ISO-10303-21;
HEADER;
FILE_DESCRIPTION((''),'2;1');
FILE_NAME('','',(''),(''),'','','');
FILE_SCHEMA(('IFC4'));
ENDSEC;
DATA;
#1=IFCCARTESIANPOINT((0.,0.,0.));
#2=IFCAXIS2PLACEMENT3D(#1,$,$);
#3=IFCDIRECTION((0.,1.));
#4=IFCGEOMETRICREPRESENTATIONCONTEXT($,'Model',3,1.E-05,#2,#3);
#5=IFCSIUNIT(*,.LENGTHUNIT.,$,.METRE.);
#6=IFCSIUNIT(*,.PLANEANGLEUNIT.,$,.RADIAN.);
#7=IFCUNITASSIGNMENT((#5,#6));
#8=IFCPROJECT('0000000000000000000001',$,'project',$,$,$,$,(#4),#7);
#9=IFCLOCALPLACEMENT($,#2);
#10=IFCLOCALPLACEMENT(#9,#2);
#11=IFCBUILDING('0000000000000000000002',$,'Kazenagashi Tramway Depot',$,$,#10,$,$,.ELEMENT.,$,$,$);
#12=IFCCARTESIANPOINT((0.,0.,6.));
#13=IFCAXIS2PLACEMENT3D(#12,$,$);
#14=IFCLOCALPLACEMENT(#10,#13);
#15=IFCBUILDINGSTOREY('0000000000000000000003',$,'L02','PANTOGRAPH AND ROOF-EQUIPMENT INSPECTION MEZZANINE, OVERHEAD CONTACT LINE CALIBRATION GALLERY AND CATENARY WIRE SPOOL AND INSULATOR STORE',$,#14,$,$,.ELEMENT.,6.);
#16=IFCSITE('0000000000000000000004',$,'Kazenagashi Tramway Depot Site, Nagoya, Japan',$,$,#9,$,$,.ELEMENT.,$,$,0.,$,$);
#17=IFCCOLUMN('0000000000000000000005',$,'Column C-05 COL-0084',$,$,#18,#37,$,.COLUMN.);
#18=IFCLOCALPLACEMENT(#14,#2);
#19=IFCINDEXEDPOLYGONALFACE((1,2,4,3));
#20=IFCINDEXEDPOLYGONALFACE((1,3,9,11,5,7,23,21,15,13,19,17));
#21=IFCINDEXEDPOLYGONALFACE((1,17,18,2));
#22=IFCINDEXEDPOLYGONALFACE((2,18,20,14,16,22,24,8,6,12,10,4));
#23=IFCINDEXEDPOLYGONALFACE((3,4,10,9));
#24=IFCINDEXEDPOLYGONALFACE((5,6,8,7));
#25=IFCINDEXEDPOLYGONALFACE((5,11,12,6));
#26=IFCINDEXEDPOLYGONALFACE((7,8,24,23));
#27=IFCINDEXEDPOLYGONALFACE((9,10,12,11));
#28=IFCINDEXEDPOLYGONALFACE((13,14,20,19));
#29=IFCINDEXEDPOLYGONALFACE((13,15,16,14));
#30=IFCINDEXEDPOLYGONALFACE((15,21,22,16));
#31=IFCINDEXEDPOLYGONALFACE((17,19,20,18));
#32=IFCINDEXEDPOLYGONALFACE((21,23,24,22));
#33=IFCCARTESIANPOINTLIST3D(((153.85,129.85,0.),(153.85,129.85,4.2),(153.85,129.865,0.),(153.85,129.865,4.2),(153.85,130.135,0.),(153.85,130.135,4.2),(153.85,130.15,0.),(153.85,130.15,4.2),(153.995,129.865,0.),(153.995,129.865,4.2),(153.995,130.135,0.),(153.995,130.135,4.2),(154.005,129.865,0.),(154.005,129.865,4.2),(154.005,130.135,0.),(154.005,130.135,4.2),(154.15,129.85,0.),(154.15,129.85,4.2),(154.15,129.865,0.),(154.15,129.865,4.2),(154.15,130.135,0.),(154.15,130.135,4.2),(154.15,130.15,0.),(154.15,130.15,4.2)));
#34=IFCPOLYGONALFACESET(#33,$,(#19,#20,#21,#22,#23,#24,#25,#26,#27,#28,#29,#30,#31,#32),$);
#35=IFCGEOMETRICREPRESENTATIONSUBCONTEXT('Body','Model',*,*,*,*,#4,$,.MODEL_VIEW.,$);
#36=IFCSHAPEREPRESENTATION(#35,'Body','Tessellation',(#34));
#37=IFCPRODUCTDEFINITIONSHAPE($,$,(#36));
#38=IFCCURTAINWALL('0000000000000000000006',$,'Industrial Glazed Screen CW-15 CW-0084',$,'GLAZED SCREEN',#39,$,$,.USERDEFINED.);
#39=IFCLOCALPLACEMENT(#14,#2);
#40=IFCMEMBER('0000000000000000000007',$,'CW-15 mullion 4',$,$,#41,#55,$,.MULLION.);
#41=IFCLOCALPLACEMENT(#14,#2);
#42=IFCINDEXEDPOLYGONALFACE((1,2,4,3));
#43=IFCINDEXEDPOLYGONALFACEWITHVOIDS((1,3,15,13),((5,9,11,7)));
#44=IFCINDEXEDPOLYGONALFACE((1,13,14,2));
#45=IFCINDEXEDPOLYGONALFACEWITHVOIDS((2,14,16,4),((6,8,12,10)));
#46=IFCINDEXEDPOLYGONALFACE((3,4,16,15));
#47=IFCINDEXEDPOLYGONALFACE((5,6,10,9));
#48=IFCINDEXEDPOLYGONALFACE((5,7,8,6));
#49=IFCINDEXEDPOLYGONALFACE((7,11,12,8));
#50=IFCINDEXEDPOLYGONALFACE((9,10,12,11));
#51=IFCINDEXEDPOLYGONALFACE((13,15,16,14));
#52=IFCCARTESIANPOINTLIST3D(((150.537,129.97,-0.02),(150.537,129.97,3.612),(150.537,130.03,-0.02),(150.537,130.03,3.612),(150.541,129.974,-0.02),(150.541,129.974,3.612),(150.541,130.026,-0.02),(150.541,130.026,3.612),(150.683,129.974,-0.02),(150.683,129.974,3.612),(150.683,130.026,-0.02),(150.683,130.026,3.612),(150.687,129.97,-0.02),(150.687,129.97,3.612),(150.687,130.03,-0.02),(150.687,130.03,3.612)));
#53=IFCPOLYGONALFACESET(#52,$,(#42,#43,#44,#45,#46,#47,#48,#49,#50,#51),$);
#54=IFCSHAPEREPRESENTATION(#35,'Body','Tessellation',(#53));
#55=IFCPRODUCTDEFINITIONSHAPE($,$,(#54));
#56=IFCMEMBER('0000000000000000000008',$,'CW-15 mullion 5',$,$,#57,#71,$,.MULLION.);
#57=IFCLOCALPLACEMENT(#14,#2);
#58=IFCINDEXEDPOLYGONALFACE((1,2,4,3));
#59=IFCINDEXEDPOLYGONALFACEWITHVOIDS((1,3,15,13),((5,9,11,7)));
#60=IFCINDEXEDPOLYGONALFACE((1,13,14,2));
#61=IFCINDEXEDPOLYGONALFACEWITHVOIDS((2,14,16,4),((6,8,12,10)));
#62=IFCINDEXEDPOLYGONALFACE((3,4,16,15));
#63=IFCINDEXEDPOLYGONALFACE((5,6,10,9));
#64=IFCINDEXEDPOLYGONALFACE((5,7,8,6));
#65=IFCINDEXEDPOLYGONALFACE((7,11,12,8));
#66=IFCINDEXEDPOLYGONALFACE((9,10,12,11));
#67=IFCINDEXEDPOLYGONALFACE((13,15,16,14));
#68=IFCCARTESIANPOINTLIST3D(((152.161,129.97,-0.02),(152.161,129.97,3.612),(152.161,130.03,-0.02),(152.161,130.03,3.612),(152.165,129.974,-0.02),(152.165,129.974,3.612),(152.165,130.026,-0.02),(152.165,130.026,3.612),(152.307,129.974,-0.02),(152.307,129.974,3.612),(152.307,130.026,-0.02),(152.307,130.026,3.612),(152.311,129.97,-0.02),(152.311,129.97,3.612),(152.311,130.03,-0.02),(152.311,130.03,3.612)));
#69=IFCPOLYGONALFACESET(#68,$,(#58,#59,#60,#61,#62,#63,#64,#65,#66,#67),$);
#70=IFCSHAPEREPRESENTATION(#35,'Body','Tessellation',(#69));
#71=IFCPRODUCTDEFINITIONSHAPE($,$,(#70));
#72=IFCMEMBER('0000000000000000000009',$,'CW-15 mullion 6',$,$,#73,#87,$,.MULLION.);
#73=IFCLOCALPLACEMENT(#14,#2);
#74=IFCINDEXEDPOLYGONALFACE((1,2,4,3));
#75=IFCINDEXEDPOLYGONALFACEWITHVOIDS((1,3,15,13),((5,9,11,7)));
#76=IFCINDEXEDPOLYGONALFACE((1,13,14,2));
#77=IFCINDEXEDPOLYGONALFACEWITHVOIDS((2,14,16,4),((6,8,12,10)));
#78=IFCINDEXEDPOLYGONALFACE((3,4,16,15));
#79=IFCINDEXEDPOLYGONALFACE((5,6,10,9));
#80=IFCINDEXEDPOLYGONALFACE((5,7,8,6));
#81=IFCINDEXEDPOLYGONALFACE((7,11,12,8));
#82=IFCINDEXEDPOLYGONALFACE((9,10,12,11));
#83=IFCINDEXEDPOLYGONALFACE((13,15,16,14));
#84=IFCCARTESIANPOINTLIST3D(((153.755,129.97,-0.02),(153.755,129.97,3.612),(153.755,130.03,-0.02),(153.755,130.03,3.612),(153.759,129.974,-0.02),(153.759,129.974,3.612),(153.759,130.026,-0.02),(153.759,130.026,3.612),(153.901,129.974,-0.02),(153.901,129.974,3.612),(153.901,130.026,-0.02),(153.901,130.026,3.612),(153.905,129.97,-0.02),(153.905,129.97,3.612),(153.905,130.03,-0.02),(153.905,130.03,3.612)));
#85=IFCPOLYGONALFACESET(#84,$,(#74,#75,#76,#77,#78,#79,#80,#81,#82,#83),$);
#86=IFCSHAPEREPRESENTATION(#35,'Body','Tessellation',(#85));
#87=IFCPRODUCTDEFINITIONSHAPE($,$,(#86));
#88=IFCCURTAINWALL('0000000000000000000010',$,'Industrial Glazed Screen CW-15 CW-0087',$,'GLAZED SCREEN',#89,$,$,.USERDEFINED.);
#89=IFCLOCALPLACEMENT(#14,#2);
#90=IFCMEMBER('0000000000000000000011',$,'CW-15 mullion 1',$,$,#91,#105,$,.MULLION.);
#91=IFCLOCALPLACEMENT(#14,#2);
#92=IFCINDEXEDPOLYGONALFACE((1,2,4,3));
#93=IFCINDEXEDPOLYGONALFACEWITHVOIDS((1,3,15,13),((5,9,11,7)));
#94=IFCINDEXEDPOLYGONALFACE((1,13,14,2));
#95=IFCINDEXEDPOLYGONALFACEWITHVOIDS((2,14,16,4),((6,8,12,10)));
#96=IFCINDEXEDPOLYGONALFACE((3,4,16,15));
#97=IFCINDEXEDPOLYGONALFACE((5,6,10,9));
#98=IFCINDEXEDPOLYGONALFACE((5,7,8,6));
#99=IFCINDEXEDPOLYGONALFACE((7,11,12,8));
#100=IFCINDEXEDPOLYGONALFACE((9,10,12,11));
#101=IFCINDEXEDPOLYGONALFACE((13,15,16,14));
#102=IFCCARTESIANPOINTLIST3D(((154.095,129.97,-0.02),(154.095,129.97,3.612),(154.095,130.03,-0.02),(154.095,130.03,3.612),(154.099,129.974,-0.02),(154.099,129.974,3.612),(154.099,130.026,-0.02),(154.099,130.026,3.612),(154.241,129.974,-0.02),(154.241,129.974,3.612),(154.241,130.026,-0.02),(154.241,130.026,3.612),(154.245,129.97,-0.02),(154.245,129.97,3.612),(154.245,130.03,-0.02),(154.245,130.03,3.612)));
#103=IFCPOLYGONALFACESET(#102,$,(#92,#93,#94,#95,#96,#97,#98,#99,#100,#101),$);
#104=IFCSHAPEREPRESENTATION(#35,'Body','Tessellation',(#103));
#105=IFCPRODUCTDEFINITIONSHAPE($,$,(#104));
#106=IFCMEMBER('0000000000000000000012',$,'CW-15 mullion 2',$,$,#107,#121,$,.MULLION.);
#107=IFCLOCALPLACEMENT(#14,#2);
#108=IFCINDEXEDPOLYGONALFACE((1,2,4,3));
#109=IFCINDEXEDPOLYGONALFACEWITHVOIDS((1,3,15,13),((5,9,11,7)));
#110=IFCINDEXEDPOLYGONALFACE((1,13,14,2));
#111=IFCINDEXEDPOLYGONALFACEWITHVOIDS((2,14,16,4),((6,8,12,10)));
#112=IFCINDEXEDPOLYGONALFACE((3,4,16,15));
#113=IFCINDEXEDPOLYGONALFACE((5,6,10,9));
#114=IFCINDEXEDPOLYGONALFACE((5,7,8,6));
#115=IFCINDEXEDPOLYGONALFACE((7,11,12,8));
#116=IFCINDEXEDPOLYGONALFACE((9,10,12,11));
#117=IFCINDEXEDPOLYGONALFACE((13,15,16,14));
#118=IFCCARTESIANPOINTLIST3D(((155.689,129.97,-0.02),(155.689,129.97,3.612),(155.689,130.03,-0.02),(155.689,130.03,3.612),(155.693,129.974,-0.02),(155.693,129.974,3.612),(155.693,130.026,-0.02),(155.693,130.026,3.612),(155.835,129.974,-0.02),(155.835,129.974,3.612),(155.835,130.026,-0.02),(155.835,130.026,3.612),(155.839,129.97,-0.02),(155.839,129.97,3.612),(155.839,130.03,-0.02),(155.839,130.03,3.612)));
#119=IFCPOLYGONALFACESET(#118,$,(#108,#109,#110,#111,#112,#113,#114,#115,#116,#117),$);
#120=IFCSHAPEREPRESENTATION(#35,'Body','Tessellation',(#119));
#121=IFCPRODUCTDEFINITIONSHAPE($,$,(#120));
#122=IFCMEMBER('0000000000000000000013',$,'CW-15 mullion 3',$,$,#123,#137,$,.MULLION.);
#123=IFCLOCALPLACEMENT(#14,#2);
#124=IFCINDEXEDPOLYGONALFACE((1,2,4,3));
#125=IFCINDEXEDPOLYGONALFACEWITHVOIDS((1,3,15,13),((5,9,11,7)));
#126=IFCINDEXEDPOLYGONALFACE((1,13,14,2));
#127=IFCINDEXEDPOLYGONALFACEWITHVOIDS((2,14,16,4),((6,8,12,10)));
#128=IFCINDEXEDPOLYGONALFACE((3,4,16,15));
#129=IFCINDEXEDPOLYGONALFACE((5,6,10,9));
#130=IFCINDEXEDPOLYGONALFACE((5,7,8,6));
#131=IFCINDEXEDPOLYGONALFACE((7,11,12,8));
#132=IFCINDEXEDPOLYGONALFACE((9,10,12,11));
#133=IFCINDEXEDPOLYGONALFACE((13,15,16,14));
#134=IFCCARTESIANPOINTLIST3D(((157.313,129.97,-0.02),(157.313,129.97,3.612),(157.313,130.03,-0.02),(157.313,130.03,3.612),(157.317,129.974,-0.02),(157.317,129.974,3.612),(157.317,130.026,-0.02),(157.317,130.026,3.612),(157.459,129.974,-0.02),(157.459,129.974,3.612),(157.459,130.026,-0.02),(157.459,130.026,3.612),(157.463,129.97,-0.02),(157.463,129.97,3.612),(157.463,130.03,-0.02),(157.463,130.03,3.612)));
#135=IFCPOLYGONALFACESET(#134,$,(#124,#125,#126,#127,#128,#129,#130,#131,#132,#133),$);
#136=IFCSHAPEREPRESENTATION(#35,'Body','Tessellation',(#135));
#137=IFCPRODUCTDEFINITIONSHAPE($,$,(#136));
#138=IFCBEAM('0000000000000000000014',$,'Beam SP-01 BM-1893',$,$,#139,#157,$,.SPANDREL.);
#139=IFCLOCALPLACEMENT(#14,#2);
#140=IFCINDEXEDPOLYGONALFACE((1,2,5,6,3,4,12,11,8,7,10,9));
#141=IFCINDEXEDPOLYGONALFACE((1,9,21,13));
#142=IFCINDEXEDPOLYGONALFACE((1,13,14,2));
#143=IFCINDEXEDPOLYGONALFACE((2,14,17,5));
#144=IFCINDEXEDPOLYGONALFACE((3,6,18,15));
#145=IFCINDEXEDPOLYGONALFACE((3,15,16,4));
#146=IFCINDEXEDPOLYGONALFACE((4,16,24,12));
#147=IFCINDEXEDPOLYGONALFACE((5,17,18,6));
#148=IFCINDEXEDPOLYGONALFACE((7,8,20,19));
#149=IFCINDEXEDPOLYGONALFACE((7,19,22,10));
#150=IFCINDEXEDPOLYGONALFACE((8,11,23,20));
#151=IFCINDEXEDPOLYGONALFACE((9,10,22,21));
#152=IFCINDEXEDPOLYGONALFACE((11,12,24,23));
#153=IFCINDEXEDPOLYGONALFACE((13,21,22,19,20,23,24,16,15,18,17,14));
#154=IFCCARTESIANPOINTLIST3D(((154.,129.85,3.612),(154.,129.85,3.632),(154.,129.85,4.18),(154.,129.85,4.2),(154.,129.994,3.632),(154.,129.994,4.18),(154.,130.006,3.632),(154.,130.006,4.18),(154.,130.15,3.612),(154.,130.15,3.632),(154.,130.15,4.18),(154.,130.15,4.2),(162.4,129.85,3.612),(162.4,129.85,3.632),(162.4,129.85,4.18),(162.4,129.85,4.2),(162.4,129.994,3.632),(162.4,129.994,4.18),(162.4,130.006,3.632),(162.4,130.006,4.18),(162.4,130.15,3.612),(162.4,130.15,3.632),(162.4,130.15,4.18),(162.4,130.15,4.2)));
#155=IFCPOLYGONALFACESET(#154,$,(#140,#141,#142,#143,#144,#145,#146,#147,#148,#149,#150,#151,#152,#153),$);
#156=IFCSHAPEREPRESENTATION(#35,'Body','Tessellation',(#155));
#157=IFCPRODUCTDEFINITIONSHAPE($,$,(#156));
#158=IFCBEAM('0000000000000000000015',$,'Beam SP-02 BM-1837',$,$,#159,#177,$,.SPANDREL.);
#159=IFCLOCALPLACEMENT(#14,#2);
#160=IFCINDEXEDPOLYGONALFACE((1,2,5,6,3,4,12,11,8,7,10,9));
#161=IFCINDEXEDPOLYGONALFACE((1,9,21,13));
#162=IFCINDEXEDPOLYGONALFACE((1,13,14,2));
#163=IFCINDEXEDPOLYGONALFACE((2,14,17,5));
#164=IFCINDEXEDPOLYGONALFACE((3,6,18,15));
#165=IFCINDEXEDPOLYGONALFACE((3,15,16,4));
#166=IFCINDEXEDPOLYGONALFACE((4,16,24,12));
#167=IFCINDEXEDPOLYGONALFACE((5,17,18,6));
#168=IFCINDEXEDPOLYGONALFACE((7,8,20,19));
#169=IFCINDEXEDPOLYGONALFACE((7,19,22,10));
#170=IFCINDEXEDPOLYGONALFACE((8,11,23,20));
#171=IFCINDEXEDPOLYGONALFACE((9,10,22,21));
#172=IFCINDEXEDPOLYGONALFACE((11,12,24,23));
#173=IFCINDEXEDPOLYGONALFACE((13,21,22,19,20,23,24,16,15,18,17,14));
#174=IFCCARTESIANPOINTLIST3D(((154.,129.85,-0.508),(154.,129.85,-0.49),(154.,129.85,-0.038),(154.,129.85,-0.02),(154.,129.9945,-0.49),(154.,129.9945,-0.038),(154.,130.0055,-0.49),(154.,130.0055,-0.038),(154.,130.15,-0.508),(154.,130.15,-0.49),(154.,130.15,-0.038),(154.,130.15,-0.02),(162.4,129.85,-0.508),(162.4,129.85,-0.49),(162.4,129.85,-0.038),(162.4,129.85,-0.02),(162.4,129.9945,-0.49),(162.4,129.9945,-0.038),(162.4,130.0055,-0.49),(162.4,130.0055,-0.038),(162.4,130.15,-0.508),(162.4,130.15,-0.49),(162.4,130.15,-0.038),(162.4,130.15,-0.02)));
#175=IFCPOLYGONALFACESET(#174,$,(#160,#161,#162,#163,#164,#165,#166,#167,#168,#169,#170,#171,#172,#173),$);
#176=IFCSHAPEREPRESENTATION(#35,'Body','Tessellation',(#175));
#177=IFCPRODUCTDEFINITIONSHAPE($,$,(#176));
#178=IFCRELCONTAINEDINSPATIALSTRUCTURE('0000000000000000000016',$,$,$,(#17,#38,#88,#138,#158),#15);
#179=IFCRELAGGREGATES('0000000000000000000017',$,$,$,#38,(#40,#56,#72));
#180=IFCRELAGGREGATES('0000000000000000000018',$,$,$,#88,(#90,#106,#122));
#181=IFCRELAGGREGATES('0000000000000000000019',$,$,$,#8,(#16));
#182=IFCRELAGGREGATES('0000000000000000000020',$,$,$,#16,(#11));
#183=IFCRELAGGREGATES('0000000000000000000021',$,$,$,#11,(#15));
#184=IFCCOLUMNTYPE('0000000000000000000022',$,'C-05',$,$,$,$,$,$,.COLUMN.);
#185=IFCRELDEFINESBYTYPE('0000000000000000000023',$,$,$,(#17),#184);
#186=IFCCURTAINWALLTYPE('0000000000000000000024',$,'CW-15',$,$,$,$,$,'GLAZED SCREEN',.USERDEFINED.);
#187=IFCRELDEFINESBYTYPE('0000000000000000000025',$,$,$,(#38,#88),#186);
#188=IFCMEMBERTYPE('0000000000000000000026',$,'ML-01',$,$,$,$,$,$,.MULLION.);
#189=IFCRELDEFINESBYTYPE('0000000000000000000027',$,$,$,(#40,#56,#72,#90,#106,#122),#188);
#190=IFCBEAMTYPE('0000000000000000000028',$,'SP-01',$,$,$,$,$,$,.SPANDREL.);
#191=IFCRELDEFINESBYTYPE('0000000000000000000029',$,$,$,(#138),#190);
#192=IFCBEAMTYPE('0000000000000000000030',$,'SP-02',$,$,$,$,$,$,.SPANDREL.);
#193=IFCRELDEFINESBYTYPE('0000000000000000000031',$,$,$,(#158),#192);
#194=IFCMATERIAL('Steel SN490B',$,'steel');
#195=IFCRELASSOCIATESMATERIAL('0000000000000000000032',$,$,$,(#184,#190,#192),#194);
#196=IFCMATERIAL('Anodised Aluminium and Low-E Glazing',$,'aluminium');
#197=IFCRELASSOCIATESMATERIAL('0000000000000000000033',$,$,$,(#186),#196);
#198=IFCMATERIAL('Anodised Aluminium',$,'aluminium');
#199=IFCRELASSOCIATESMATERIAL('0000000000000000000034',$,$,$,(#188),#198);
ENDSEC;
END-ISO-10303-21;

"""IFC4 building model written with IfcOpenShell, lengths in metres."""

from ifc_helpers import new_model, si_unit, direction, frame, origin, origin_2d, place, context, subcontext, project, spatial, hollow_rectangle, i_section, extrude, material, material_profile, profile_set, type_object, element, aggregate, save


model = new_model("IFC4")

# Units and contexts
model_context = context("Model", 3, precision=1e-05, world=origin(), true_north=direction((0.0, 1.0)))
body_context = subcontext(model_context, "Body", "Model", "MODEL_VIEW")
ifc_project = project(units=[si_unit("LENGTHUNIT", "METRE"), si_unit("PLANEANGLEUNIT", "RADIAN")], contexts=[model_context])

# Site, building, storey
site_placement = place(None, origin())
site = spatial("IfcSite", under=ifc_project, at=site_placement, Name="Kazenagashi Tramway Depot Site, Nagoya, Japan", CompositionType="ELEMENT", RefElevation=0.0)
building_placement = place(site_placement, origin())
building = spatial("IfcBuilding", under=site, at=building_placement, Name="Kazenagashi Tramway Depot", CompositionType="ELEMENT")
storey_placement = place(building_placement, frame((0.0, 0.0, 6.0)))
storey = spatial("IfcBuildingStorey", under=building, at=storey_placement, Name="L02", Description="PANTOGRAPH AND ROOF-EQUIPMENT INSPECTION MEZZANINE, OVERHEAD CONTACT LINE CALIBRATION GALLERY AND CATENARY WIRE SPOOL AND INSULATOR STORE", CompositionType="ELEMENT", Elevation=6.0)

# Column
ifc_material_1 = material(Name="Steel SN490B", Category="steel")
ifc_material_profile_1 = material_profile(ifc_material_1, i_section(OverallWidth=0.3, OverallDepth=0.3, WebThickness=0.01, FlangeThickness=0.015, at=origin_2d()), Name="H-300x300x10x15")
ifc_profile_set_1 = profile_set([ifc_material_profile_1], Name="Steel SN490B")
column_type = type_object("IfcColumnType", Name="C-05", PredefinedType="COLUMN", material=ifc_profile_set_1)
column_placement = place(storey_placement, frame((154.0, 130.0, 0.0), z_axis=(0.0, 0.0, 1.0), x_axis=(1.0, 0.0, 0.0)))
element("IfcColumn", 1, at=column_placement, inside=storey, type_object=column_type, Name="Column C-05 COL-0084", PredefinedType="COLUMN", context=body_context, shape_type="SweptSolid", body=[
    extrude(i_section(OverallWidth=0.3, OverallDepth=0.3, WebThickness=0.01, FlangeThickness=0.015, at=origin_2d()), origin(), (0.0, 0.0, 1.0), 4.2),
])

# Curtain walls, members
ifc_material_2 = material(Name="Anodised Aluminium and Low-E Glazing", Category="aluminium")
curtain_wall_type = type_object("IfcCurtainWallType", Name="CW-15", ElementType="GLAZED SCREEN", PredefinedType="USERDEFINED", material=ifc_material_2)
curtain_wall_1_placement = place(storey_placement, origin())
curtain_wall_1 = element("IfcCurtainWall", 2, at=curtain_wall_1_placement, inside=storey, type_object=curtain_wall_type, Name="Industrial Glazed Screen CW-15 CW-0084", ObjectType="GLAZED SCREEN", PredefinedType="USERDEFINED")
ifc_material_3 = material(Name="Anodised Aluminium", Category="aluminium")
ifc_material_profile_2 = material_profile(ifc_material_3, hollow_rectangle(XDim=0.06, YDim=0.15, WallThickness=0.004, at=origin_2d()), Name="RHS-150x60x4")
ifc_profile_set_2 = profile_set([ifc_material_profile_2], Name="Anodised Aluminium")
member_type_1 = type_object("IfcMemberType", Name="ML-01", PredefinedType="MULLION", material=ifc_profile_set_2)
member_1_placement = place(storey_placement, frame((150.612, 130.0, -0.02), z_axis=(0.0, 0.0, 1.0), x_axis=(0.0, 1.0, 0.0)))
member_1 = element("IfcMember", 3, at=member_1_placement, type_object=member_type_1, Name="CW-15 mullion 4", PredefinedType="MULLION", context=body_context, shape_type="SweptSolid", body=[
    extrude(hollow_rectangle(XDim=0.06, YDim=0.15, WallThickness=0.004, at=origin_2d()), origin(), (0.0, 0.0, 1.0), 3.632),
])
member_2_placement = place(storey_placement, frame((152.236, 130.0, -0.02), z_axis=(0.0, 0.0, 1.0), x_axis=(0.0, 1.0, 0.0)))
member_2 = element("IfcMember", 4, at=member_2_placement, type_object=member_type_1, Name="CW-15 mullion 5", PredefinedType="MULLION", context=body_context, shape_type="SweptSolid", body=[
    extrude(hollow_rectangle(XDim=0.06, YDim=0.15, WallThickness=0.004, at=origin_2d()), origin(), (0.0, 0.0, 1.0), 3.632),
])
member_3_placement = place(storey_placement, frame((153.83, 130.0, -0.02), z_axis=(0.0, 0.0, 1.0), x_axis=(0.0, 1.0, 0.0)))
member_3 = element("IfcMember", 5, at=member_3_placement, type_object=member_type_1, Name="CW-15 mullion 6", PredefinedType="MULLION", context=body_context, shape_type="SweptSolid", body=[
    extrude(hollow_rectangle(XDim=0.06, YDim=0.15, WallThickness=0.004, at=origin_2d()), origin(), (0.0, 0.0, 1.0), 3.632),
])
curtain_wall_2_placement = place(storey_placement, origin())
curtain_wall_2 = element("IfcCurtainWall", 6, at=curtain_wall_2_placement, inside=storey, type_object=curtain_wall_type, Name="Industrial Glazed Screen CW-15 CW-0087", ObjectType="GLAZED SCREEN", PredefinedType="USERDEFINED")
member_4_placement = place(storey_placement, frame((154.17, 130.0, -0.02), z_axis=(0.0, 0.0, 1.0), x_axis=(0.0, 1.0, 0.0)))
member_4 = element("IfcMember", 7, at=member_4_placement, type_object=member_type_1, Name="CW-15 mullion 1", PredefinedType="MULLION", context=body_context, shape_type="SweptSolid", body=[
    extrude(hollow_rectangle(XDim=0.06, YDim=0.15, WallThickness=0.004, at=origin_2d()), origin(), (0.0, 0.0, 1.0), 3.632),
])
member_5_placement = place(storey_placement, frame((155.764, 130.0, -0.02), z_axis=(0.0, 0.0, 1.0), x_axis=(0.0, 1.0, 0.0)))
member_5 = element("IfcMember", 8, at=member_5_placement, type_object=member_type_1, Name="CW-15 mullion 2", PredefinedType="MULLION", context=body_context, shape_type="SweptSolid", body=[
    extrude(hollow_rectangle(XDim=0.06, YDim=0.15, WallThickness=0.004, at=origin_2d()), origin(), (0.0, 0.0, 1.0), 3.632),
])
member_6_placement = place(storey_placement, frame((157.388, 130.0, -0.02), z_axis=(0.0, 0.0, 1.0), x_axis=(0.0, 1.0, 0.0)))
member_6 = element("IfcMember", 9, at=member_6_placement, type_object=member_type_1, Name="CW-15 mullion 3", PredefinedType="MULLION", context=body_context, shape_type="SweptSolid", body=[
    extrude(hollow_rectangle(XDim=0.06, YDim=0.15, WallThickness=0.004, at=origin_2d()), origin(), (0.0, 0.0, 1.0), 3.632),
])

# Beams
ifc_material_profile_3 = material_profile(ifc_material_1, i_section(OverallWidth=0.3, OverallDepth=0.588, WebThickness=0.012, FlangeThickness=0.02, at=origin_2d()), Name="H-588x300x12x20")
ifc_profile_set_3 = profile_set([ifc_material_profile_3], Name="Steel SN490B")
beam_type_1 = type_object("IfcBeamType", Name="SP-01", PredefinedType="SPANDREL", material=ifc_profile_set_3)
beam_1_placement = place(storey_placement, frame((154.0, 130.0, 3.906), z_axis=(1.0, 0.0, 0.0), x_axis=(0.0, 1.0, 0.0)))
element("IfcBeam", 10, at=beam_1_placement, inside=storey, type_object=beam_type_1, Name="Beam SP-01 BM-1893", PredefinedType="SPANDREL", context=body_context, shape_type="SweptSolid", body=[
    extrude(i_section(OverallWidth=0.3, OverallDepth=0.588, WebThickness=0.012, FlangeThickness=0.02, at=origin_2d()), origin(), (0.0, 0.0, 1.0), 8.4),
])
ifc_material_profile_4 = material_profile(ifc_material_1, i_section(OverallWidth=0.3, OverallDepth=0.488, WebThickness=0.011, FlangeThickness=0.018, at=origin_2d()), Name="H-488x300x11x18")
ifc_profile_set_4 = profile_set([ifc_material_profile_4], Name="Steel SN490B")
beam_type_2 = type_object("IfcBeamType", Name="SP-02", PredefinedType="SPANDREL", material=ifc_profile_set_4)
beam_2_placement = place(storey_placement, frame((154.0, 130.0, -0.264), z_axis=(1.0, 0.0, 0.0), x_axis=(0.0, 1.0, 0.0)))
element("IfcBeam", 11, at=beam_2_placement, inside=storey, type_object=beam_type_2, Name="Beam SP-02 BM-1837", PredefinedType="SPANDREL", context=body_context, shape_type="SweptSolid", body=[
    extrude(i_section(OverallWidth=0.3, OverallDepth=0.488, WebThickness=0.011, FlangeThickness=0.018, at=origin_2d()), origin(), (0.0, 0.0, 1.0), 8.4),
])

aggregate(curtain_wall_1, [member_1, member_2, member_3])
aggregate(curtain_wall_2, [member_4, member_5, member_6])

save(model, "model.ifc")
